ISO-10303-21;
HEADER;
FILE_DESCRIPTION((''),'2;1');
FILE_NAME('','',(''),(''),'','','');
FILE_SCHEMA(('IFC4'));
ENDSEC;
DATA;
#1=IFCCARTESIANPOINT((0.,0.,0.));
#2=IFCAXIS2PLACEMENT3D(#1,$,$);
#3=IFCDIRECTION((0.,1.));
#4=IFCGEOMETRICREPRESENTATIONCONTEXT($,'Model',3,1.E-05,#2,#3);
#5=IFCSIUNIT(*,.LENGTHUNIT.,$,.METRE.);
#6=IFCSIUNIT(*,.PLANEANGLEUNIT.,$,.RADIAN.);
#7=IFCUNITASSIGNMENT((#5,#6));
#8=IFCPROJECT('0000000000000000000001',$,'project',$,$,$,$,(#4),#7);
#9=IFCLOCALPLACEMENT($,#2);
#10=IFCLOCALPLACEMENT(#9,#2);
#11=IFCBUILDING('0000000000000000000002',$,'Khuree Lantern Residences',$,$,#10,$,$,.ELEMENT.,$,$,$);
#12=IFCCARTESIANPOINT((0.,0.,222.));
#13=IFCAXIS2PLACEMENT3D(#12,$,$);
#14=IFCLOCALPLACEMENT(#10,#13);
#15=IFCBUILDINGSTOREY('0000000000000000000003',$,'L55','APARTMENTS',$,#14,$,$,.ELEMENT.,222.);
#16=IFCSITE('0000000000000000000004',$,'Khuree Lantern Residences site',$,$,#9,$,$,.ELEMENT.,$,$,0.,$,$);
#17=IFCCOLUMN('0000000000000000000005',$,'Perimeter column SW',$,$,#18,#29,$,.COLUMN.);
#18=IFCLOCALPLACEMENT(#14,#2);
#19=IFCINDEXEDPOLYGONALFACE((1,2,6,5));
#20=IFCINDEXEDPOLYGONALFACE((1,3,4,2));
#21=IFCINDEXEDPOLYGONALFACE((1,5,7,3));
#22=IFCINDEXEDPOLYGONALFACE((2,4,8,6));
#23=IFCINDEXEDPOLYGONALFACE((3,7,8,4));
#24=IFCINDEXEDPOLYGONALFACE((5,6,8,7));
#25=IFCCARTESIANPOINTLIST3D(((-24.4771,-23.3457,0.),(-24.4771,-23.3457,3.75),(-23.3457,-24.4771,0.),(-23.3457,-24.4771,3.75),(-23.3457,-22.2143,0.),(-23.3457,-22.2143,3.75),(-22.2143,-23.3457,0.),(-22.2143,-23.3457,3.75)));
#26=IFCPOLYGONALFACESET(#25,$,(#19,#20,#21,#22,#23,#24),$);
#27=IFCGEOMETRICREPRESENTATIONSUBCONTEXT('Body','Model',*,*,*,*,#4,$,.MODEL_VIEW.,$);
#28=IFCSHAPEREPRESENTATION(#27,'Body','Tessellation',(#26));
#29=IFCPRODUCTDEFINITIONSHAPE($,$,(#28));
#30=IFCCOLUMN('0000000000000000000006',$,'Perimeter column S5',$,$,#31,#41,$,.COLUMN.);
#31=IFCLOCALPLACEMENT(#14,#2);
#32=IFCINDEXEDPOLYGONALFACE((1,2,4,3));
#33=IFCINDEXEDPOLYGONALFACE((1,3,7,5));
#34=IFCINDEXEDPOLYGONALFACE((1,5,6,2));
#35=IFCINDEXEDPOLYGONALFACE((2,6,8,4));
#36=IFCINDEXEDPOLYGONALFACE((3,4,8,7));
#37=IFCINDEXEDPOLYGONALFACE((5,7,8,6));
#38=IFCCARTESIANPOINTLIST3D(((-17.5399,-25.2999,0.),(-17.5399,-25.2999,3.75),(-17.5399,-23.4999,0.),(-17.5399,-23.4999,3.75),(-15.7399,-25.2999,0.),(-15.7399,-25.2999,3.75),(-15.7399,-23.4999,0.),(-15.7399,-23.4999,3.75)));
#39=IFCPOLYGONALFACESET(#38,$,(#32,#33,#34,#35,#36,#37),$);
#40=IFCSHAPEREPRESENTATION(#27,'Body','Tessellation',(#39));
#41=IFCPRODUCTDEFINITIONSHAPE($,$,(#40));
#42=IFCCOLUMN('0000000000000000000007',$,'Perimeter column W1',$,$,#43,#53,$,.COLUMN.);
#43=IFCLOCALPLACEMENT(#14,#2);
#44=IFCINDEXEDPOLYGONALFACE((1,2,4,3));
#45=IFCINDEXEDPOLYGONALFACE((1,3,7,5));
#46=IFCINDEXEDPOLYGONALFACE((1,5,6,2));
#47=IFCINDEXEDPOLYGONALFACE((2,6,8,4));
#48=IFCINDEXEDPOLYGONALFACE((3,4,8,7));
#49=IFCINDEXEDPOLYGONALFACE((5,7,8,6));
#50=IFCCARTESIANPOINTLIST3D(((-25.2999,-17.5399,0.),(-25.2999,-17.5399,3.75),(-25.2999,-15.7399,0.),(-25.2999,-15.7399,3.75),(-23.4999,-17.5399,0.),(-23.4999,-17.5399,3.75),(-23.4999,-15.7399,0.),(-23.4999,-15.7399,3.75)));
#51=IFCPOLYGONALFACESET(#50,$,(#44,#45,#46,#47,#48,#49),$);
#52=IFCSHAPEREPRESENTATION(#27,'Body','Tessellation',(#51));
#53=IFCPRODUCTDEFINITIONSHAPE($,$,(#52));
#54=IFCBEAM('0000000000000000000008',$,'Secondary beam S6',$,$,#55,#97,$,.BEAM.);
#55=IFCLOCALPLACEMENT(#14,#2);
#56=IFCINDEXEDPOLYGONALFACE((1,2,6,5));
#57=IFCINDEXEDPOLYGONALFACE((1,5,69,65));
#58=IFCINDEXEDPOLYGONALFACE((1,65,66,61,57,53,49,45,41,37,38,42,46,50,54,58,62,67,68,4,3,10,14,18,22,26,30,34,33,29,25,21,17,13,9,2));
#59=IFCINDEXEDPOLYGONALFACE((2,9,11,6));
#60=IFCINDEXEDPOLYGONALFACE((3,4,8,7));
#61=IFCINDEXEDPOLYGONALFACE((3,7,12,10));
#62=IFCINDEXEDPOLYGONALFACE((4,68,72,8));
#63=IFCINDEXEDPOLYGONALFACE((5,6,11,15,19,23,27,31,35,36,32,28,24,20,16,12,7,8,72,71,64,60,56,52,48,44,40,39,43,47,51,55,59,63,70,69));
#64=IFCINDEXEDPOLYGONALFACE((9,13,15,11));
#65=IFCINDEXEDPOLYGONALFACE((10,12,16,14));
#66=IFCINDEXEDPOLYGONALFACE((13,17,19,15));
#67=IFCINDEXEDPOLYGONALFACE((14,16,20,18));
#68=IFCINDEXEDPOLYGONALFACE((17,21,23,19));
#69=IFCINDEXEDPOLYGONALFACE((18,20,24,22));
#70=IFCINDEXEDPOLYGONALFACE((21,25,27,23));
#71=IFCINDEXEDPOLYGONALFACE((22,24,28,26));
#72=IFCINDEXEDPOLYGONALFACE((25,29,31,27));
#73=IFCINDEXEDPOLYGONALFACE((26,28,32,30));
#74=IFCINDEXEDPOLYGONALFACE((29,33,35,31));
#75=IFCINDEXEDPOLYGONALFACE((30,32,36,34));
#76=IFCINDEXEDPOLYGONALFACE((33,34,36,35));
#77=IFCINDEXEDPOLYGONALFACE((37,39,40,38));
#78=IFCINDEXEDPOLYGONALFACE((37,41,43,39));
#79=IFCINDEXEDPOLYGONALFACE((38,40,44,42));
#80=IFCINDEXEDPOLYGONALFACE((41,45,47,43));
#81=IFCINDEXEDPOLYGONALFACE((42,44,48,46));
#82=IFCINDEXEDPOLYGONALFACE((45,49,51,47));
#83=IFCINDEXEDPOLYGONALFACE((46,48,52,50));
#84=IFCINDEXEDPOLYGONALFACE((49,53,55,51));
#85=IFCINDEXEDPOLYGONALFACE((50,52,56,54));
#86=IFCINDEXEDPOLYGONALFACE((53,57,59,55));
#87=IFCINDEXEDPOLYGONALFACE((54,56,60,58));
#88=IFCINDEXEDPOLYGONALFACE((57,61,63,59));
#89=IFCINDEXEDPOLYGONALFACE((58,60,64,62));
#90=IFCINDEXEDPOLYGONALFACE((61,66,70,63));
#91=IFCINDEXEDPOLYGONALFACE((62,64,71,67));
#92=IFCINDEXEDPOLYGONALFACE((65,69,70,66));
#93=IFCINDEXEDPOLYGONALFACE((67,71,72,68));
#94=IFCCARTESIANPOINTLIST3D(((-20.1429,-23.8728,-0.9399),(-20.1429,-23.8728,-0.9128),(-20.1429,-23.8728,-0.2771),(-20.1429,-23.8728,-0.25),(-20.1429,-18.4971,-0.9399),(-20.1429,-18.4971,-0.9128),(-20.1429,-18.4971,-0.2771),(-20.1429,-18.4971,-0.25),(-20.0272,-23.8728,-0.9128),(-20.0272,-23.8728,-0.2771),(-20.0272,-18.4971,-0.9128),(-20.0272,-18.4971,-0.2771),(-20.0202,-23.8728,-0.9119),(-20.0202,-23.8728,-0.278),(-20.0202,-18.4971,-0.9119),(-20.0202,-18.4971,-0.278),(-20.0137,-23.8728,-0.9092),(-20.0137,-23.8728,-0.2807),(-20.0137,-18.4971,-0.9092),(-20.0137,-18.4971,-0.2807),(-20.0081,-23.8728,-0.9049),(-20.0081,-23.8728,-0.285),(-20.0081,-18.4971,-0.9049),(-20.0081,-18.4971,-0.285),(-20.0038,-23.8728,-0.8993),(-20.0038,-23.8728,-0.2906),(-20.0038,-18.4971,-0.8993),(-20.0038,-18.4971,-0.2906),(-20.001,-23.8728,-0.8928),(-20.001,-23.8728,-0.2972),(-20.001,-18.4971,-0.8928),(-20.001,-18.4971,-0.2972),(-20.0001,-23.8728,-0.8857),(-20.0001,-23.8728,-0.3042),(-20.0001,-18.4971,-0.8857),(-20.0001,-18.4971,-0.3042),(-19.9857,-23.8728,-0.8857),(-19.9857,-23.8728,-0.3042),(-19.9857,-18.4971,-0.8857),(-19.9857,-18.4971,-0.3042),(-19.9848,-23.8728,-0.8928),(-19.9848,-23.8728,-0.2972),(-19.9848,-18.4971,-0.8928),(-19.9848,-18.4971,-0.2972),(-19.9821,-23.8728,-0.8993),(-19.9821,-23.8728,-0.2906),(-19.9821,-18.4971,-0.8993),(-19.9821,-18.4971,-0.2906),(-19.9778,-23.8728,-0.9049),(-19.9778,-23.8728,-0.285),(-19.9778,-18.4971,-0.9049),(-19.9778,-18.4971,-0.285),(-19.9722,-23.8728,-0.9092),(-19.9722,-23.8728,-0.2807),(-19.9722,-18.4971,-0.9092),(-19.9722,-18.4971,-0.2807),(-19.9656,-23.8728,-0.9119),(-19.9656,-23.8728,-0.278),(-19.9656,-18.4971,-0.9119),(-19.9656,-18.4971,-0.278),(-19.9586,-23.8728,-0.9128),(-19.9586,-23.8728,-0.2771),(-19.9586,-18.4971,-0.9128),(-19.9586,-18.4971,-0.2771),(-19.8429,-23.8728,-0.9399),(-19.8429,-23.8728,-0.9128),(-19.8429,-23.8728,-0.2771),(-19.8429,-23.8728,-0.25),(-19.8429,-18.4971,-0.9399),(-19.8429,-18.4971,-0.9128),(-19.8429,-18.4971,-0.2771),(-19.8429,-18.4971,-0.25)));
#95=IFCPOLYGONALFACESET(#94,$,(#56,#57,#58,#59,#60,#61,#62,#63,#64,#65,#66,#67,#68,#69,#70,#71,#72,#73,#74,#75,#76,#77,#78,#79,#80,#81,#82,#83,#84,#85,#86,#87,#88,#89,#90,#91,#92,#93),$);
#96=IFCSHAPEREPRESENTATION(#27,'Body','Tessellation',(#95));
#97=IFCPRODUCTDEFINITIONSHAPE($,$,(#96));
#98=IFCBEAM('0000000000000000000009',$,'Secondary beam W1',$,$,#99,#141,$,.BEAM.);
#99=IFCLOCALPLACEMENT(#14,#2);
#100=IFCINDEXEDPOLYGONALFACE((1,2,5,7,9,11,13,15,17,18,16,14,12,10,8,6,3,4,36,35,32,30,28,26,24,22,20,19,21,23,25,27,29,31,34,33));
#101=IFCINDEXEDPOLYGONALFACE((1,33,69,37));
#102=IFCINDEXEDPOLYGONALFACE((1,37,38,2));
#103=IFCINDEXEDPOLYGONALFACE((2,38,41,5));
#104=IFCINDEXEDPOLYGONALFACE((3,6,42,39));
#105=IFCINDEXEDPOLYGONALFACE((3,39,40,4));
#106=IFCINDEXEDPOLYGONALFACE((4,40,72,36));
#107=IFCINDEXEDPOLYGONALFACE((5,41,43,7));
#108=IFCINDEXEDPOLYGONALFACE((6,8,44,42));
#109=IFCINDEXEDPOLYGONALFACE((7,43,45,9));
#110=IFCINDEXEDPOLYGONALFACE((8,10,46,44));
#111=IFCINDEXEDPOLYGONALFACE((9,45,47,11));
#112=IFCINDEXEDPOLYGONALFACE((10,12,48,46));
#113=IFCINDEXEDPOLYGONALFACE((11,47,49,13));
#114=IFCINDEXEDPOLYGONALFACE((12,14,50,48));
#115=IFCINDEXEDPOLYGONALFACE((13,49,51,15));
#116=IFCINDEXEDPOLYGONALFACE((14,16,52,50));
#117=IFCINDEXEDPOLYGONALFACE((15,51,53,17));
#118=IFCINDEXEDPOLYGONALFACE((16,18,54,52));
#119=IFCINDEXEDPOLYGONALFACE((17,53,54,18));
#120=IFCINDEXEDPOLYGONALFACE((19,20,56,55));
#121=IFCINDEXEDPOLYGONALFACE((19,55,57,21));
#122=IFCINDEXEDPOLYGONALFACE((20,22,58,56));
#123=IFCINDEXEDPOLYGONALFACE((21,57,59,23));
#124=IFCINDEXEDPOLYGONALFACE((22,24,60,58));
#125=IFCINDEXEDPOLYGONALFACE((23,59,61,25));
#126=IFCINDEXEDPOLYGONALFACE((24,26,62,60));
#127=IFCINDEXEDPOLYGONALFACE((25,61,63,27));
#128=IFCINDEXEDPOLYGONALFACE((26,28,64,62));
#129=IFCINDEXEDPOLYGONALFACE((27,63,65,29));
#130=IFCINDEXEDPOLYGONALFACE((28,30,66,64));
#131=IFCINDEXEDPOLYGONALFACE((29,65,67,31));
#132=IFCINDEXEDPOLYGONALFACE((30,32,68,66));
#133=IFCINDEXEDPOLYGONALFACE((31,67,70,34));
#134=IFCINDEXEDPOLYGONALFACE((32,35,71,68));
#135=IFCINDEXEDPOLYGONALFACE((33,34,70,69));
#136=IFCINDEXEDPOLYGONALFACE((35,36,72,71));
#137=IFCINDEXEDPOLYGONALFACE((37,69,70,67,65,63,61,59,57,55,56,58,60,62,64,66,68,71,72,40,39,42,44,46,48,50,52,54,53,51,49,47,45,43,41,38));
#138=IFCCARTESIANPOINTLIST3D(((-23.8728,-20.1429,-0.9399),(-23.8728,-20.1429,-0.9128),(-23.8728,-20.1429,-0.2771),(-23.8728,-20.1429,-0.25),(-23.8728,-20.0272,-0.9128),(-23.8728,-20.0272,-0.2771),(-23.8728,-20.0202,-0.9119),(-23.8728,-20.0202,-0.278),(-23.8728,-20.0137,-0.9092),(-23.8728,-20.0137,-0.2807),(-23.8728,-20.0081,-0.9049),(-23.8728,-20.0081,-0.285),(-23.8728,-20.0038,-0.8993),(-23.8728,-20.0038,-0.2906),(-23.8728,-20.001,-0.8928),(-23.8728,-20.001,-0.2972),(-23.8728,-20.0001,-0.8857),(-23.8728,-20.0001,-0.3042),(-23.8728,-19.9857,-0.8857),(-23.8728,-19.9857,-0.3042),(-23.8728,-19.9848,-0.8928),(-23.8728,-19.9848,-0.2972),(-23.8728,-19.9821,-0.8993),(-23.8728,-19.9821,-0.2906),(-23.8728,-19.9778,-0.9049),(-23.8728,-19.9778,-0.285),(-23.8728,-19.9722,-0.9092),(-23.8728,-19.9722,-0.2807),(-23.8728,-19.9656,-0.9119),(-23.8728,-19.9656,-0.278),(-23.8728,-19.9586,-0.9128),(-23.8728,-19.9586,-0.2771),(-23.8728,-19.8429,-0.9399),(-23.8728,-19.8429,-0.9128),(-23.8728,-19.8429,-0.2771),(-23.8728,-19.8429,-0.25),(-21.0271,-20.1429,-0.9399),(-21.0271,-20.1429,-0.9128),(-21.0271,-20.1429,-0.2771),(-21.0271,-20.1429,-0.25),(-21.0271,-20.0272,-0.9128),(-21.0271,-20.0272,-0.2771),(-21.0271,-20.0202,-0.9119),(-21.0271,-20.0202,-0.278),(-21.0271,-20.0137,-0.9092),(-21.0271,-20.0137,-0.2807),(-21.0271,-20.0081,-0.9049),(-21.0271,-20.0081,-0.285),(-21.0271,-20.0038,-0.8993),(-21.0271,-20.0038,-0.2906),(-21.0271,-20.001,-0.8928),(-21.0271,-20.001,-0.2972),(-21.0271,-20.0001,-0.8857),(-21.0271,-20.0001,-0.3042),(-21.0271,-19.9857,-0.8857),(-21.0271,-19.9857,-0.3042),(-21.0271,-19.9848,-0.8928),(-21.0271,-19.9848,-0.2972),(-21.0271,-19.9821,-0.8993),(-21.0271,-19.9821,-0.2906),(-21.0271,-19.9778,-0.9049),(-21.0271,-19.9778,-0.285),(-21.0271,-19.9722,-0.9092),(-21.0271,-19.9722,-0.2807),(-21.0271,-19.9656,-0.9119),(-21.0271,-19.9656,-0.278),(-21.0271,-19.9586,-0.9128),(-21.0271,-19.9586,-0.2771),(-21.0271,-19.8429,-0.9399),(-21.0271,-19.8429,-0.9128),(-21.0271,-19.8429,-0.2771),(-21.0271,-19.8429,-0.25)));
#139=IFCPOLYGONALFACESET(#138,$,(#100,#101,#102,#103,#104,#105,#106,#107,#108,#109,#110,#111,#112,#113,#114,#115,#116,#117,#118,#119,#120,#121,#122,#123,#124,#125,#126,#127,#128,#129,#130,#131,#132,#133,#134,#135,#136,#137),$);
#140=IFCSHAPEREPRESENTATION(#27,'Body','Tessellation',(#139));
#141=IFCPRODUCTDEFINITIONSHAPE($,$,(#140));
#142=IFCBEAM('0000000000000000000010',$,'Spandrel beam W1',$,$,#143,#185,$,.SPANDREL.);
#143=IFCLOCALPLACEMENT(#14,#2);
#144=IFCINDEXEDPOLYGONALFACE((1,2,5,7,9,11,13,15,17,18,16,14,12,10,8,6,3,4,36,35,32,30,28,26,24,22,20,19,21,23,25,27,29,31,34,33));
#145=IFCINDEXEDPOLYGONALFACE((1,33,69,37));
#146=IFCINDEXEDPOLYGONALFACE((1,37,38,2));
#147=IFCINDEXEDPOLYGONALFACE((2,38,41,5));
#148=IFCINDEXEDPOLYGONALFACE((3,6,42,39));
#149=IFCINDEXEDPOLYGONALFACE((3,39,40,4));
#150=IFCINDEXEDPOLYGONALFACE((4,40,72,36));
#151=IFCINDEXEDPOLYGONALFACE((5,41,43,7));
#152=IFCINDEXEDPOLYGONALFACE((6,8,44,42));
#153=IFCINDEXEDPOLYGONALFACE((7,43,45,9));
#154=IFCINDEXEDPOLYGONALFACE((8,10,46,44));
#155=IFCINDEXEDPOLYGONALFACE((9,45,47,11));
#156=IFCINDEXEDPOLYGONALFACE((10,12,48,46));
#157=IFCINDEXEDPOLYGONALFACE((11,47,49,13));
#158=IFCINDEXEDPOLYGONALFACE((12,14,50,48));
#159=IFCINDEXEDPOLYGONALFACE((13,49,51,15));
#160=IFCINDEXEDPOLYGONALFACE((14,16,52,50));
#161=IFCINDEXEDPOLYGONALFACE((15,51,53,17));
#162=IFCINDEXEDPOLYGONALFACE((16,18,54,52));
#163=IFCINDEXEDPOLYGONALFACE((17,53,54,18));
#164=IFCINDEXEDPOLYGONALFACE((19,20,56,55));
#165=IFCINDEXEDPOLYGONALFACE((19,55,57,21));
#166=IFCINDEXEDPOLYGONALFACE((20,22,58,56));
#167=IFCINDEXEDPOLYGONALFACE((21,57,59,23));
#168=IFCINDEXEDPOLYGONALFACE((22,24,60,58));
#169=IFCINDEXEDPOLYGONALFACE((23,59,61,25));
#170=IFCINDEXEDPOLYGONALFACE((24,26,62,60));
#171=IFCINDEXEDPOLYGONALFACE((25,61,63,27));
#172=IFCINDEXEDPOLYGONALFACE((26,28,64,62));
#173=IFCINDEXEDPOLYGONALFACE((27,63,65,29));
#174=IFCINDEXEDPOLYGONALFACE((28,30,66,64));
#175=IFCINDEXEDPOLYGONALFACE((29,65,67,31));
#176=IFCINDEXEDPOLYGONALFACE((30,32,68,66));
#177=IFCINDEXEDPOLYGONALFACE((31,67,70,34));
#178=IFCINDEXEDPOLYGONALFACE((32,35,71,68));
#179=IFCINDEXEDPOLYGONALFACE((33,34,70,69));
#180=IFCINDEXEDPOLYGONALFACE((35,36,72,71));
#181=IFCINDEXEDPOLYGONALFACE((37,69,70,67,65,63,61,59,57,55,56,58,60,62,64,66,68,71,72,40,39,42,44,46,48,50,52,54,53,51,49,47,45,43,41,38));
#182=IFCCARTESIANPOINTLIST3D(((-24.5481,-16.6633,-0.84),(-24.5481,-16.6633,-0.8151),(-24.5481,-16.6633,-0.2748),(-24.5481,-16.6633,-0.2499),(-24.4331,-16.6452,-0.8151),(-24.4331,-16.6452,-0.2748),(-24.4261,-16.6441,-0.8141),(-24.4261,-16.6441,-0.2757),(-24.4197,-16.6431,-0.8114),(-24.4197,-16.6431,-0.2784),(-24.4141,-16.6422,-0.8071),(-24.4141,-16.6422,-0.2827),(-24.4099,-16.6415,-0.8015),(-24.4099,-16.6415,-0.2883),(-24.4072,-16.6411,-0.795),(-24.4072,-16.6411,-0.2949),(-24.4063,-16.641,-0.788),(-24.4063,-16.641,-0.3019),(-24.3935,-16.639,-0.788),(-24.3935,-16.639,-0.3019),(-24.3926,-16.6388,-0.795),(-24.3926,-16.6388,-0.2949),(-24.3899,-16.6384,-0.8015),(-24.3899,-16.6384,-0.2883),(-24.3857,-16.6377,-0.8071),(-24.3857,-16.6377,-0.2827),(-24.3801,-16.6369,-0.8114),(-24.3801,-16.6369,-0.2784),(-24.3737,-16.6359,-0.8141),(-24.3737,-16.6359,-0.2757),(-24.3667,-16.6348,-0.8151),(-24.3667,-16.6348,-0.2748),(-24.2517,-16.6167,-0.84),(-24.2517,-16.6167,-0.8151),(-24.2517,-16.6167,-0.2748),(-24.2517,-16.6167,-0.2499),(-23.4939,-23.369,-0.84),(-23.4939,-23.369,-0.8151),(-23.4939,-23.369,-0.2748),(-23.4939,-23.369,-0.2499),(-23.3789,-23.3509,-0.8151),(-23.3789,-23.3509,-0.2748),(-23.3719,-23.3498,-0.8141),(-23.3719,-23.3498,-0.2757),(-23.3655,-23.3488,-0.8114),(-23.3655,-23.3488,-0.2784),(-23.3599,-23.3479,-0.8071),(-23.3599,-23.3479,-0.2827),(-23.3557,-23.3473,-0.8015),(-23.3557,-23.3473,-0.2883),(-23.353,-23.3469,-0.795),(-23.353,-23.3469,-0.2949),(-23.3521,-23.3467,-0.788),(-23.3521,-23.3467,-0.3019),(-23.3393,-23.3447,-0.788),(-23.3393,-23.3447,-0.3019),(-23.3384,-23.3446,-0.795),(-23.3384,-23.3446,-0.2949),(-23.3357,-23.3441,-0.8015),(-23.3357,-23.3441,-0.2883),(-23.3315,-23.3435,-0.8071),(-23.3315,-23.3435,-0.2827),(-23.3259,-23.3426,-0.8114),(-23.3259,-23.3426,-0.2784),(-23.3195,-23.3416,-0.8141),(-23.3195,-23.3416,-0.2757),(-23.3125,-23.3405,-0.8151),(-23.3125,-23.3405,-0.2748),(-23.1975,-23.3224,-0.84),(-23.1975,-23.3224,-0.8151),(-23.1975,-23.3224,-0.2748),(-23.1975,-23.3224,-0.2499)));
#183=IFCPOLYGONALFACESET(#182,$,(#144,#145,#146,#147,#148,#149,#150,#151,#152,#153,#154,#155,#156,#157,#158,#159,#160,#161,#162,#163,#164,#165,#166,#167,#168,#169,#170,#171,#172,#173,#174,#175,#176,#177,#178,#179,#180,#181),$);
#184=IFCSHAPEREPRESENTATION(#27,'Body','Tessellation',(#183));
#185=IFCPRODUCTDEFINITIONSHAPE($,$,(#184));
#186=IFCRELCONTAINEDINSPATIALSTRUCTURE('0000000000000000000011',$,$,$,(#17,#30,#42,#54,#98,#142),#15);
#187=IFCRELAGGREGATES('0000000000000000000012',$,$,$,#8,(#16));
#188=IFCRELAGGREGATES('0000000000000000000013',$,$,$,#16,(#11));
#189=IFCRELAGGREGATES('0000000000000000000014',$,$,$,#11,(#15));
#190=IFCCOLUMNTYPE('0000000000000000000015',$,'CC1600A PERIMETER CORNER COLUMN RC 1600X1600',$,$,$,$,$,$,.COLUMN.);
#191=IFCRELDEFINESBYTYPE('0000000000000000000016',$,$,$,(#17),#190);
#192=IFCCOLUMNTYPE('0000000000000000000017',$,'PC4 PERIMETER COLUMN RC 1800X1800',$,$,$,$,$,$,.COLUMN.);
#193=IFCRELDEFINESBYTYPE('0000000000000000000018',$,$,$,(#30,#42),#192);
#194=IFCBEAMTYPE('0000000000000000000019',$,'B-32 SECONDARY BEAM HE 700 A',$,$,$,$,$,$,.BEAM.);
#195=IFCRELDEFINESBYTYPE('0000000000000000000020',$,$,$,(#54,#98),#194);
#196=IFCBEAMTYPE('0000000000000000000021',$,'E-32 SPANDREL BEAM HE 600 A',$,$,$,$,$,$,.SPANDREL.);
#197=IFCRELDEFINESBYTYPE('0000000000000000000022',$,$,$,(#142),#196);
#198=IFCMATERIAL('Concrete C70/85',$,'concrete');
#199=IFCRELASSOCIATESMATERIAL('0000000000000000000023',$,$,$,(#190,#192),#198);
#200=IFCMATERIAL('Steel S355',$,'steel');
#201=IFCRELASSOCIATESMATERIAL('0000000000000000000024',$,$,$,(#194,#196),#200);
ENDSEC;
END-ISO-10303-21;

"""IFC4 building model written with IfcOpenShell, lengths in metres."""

from ifc_helpers import new_model, si_unit, direction, frame, origin, origin_2d, place, context, subcontext, project, spatial, rectangle, i_section, extrude, material, material_profile, profile_set, type_object, element, save


model = new_model("IFC4")

# Units and contexts
model_context = context("Model", 3, precision=1e-05, world=origin(), true_north=direction((0.0, 1.0)))
body_context = subcontext(model_context, "Body", "Model", "MODEL_VIEW")
ifc_project = project(units=[si_unit("LENGTHUNIT", "METRE"), si_unit("PLANEANGLEUNIT", "RADIAN")], contexts=[model_context])

# Site, building, storey
site_placement = place(None, origin())
site = spatial("IfcSite", under=ifc_project, at=site_placement, Name="Khuree Lantern Residences site", CompositionType="ELEMENT", RefElevation=0.0)
building_placement = place(site_placement, origin())
building = spatial("IfcBuilding", under=site, at=building_placement, Name="Khuree Lantern Residences", CompositionType="ELEMENT")
storey_placement = place(building_placement, frame((0.0, 0.0, 222.0)))
storey = spatial("IfcBuildingStorey", under=building, at=storey_placement, Name="L55", Description="APARTMENTS", CompositionType="ELEMENT", Elevation=222.0)

# Columns
ifc_material_1 = material(Name="Concrete C70/85", Category="concrete")
ifc_material_profile_1 = material_profile(ifc_material_1, rectangle(XDim=1.6001, YDim=1.6001, at=origin_2d()), Name="RC 1600X1600")
ifc_profile_set_1 = profile_set([ifc_material_profile_1], Name="Concrete C70/85")
column_type_1 = type_object("IfcColumnType", Name="CC1600A PERIMETER CORNER COLUMN RC 1600X1600", PredefinedType="COLUMN", material=ifc_profile_set_1)
column_placement = place(storey_placement, frame((-23.3457, -23.3457, 0.0), z_axis=(0.0, 0.0, 1.0), x_axis=(0.707107, -0.707107, 0.0)))
element("IfcColumn", 1, at=column_placement, inside=storey, type_object=column_type_1, Name="Perimeter column SW", PredefinedType="COLUMN", context=body_context, shape_type="SweptSolid", body=[
    extrude(rectangle(XDim=1.6001, YDim=1.6001, at=origin_2d()), origin(), (0.0, 0.0, 1.0), 3.75),
])
ifc_material_profile_2 = material_profile(ifc_material_1, rectangle(XDim=1.8, YDim=1.8, at=origin_2d()), Name="RC 1800X1800")
ifc_profile_set_2 = profile_set([ifc_material_profile_2], Name="Concrete C70/85")
column_type_2 = type_object("IfcColumnType", Name="PC4 PERIMETER COLUMN RC 1800X1800", PredefinedType="COLUMN", material=ifc_profile_set_2)
for number, where, z_axis, x_axis, name in (
    (2, (-16.6399, -24.3999, 0.0), (0.0, 0.0, 1.0), (1.0, 0.0, 0.0), "Perimeter column S5"),
    (3, (-24.3999, -16.6399, 0.0), (0.0, 0.0, 1.0), (0.0, 1.0, 0.0), "Perimeter column W1"),
):
    element("IfcColumn", number, at=place(storey_placement, frame(where, z_axis=z_axis, x_axis=x_axis)), inside=storey, type_object=column_type_2, Name=name, PredefinedType="COLUMN", context=body_context, shape_type="SweptSolid", body=[
        extrude(rectangle(XDim=1.8, YDim=1.8, at=origin_2d()), origin(), (0.0, 0.0, 1.0), 3.75),
    ])

# Beams
ifc_material_2 = material(Name="Steel S355", Category="steel")
ifc_material_profile_3 = material_profile(ifc_material_2, i_section(OverallWidth=0.3, OverallDepth=0.6899, WebThickness=0.0144, FlangeThickness=0.0271, FilletRadius=0.0271, at=origin_2d()), Name="HE 700 A")
ifc_profile_set_3 = profile_set([ifc_material_profile_3], Name="Steel S355")
beam_type_1 = type_object("IfcBeamType", Name="B-32 SECONDARY BEAM HE 700 A", PredefinedType="BEAM", material=ifc_profile_set_3)
beam_1_placement = place(storey_placement, frame((-19.9929, -23.8728, -0.595), z_axis=(0.0, 1.0, 0.0), x_axis=(-1.0, 0.0, 0.0)))
element("IfcBeam", 4, at=beam_1_placement, inside=storey, type_object=beam_type_1, Name="Secondary beam S6", PredefinedType="BEAM", context=body_context, shape_type="SweptSolid", body=[
    extrude(i_section(OverallWidth=0.3, OverallDepth=0.6899, WebThickness=0.0144, FlangeThickness=0.0271, FilletRadius=0.0271, at=origin_2d()), origin(), (0.0, 0.0, 1.0), 5.3757),
])
beam_2_placement = place(storey_placement, frame((-23.8728, -19.9929, -0.595), z_axis=(1.0, 0.0, 0.0), x_axis=(0.0, 1.0, 0.0)))
element("IfcBeam", 5, at=beam_2_placement, inside=storey, type_object=beam_type_1, Name="Secondary beam W1", PredefinedType="BEAM", context=body_context, shape_type="SweptSolid", body=[
    extrude(i_section(OverallWidth=0.3, OverallDepth=0.6899, WebThickness=0.0144, FlangeThickness=0.0271, FilletRadius=0.0271, at=origin_2d()), origin(), (0.0, 0.0, 1.0), 2.8457),
])
ifc_material_profile_4 = material_profile(ifc_material_2, i_section(OverallWidth=0.3, OverallDepth=0.5901, WebThickness=0.0129, FlangeThickness=0.0249, FilletRadius=0.0271, at=origin_2d()), Name="HE 600 A")
ifc_profile_set_4 = profile_set([ifc_material_profile_4], Name="Steel S355")
beam_type_2 = type_object("IfcBeamType", Name="E-32 SPANDREL BEAM HE 600 A", PredefinedType="SPANDREL", material=ifc_profile_set_4)
beam_3_placement = place(storey_placement, frame((-23.3457, -23.3457, -0.5449), z_axis=(-0.1553, 0.987867, 0.0), x_axis=(-0.987867, -0.1553, 0.0)))
element("IfcBeam", 6, at=beam_3_placement, inside=storey, type_object=beam_type_2, Name="Spandrel beam W1", PredefinedType="SPANDREL", context=body_context, shape_type="SweptSolid", body=[
    extrude(i_section(OverallWidth=0.3, OverallDepth=0.5901, WebThickness=0.0129, FlangeThickness=0.0249, FilletRadius=0.0271, at=origin_2d()), origin(), (0.0, 0.0, 1.0), 6.7881),
])

save(model, "model.ifc")
